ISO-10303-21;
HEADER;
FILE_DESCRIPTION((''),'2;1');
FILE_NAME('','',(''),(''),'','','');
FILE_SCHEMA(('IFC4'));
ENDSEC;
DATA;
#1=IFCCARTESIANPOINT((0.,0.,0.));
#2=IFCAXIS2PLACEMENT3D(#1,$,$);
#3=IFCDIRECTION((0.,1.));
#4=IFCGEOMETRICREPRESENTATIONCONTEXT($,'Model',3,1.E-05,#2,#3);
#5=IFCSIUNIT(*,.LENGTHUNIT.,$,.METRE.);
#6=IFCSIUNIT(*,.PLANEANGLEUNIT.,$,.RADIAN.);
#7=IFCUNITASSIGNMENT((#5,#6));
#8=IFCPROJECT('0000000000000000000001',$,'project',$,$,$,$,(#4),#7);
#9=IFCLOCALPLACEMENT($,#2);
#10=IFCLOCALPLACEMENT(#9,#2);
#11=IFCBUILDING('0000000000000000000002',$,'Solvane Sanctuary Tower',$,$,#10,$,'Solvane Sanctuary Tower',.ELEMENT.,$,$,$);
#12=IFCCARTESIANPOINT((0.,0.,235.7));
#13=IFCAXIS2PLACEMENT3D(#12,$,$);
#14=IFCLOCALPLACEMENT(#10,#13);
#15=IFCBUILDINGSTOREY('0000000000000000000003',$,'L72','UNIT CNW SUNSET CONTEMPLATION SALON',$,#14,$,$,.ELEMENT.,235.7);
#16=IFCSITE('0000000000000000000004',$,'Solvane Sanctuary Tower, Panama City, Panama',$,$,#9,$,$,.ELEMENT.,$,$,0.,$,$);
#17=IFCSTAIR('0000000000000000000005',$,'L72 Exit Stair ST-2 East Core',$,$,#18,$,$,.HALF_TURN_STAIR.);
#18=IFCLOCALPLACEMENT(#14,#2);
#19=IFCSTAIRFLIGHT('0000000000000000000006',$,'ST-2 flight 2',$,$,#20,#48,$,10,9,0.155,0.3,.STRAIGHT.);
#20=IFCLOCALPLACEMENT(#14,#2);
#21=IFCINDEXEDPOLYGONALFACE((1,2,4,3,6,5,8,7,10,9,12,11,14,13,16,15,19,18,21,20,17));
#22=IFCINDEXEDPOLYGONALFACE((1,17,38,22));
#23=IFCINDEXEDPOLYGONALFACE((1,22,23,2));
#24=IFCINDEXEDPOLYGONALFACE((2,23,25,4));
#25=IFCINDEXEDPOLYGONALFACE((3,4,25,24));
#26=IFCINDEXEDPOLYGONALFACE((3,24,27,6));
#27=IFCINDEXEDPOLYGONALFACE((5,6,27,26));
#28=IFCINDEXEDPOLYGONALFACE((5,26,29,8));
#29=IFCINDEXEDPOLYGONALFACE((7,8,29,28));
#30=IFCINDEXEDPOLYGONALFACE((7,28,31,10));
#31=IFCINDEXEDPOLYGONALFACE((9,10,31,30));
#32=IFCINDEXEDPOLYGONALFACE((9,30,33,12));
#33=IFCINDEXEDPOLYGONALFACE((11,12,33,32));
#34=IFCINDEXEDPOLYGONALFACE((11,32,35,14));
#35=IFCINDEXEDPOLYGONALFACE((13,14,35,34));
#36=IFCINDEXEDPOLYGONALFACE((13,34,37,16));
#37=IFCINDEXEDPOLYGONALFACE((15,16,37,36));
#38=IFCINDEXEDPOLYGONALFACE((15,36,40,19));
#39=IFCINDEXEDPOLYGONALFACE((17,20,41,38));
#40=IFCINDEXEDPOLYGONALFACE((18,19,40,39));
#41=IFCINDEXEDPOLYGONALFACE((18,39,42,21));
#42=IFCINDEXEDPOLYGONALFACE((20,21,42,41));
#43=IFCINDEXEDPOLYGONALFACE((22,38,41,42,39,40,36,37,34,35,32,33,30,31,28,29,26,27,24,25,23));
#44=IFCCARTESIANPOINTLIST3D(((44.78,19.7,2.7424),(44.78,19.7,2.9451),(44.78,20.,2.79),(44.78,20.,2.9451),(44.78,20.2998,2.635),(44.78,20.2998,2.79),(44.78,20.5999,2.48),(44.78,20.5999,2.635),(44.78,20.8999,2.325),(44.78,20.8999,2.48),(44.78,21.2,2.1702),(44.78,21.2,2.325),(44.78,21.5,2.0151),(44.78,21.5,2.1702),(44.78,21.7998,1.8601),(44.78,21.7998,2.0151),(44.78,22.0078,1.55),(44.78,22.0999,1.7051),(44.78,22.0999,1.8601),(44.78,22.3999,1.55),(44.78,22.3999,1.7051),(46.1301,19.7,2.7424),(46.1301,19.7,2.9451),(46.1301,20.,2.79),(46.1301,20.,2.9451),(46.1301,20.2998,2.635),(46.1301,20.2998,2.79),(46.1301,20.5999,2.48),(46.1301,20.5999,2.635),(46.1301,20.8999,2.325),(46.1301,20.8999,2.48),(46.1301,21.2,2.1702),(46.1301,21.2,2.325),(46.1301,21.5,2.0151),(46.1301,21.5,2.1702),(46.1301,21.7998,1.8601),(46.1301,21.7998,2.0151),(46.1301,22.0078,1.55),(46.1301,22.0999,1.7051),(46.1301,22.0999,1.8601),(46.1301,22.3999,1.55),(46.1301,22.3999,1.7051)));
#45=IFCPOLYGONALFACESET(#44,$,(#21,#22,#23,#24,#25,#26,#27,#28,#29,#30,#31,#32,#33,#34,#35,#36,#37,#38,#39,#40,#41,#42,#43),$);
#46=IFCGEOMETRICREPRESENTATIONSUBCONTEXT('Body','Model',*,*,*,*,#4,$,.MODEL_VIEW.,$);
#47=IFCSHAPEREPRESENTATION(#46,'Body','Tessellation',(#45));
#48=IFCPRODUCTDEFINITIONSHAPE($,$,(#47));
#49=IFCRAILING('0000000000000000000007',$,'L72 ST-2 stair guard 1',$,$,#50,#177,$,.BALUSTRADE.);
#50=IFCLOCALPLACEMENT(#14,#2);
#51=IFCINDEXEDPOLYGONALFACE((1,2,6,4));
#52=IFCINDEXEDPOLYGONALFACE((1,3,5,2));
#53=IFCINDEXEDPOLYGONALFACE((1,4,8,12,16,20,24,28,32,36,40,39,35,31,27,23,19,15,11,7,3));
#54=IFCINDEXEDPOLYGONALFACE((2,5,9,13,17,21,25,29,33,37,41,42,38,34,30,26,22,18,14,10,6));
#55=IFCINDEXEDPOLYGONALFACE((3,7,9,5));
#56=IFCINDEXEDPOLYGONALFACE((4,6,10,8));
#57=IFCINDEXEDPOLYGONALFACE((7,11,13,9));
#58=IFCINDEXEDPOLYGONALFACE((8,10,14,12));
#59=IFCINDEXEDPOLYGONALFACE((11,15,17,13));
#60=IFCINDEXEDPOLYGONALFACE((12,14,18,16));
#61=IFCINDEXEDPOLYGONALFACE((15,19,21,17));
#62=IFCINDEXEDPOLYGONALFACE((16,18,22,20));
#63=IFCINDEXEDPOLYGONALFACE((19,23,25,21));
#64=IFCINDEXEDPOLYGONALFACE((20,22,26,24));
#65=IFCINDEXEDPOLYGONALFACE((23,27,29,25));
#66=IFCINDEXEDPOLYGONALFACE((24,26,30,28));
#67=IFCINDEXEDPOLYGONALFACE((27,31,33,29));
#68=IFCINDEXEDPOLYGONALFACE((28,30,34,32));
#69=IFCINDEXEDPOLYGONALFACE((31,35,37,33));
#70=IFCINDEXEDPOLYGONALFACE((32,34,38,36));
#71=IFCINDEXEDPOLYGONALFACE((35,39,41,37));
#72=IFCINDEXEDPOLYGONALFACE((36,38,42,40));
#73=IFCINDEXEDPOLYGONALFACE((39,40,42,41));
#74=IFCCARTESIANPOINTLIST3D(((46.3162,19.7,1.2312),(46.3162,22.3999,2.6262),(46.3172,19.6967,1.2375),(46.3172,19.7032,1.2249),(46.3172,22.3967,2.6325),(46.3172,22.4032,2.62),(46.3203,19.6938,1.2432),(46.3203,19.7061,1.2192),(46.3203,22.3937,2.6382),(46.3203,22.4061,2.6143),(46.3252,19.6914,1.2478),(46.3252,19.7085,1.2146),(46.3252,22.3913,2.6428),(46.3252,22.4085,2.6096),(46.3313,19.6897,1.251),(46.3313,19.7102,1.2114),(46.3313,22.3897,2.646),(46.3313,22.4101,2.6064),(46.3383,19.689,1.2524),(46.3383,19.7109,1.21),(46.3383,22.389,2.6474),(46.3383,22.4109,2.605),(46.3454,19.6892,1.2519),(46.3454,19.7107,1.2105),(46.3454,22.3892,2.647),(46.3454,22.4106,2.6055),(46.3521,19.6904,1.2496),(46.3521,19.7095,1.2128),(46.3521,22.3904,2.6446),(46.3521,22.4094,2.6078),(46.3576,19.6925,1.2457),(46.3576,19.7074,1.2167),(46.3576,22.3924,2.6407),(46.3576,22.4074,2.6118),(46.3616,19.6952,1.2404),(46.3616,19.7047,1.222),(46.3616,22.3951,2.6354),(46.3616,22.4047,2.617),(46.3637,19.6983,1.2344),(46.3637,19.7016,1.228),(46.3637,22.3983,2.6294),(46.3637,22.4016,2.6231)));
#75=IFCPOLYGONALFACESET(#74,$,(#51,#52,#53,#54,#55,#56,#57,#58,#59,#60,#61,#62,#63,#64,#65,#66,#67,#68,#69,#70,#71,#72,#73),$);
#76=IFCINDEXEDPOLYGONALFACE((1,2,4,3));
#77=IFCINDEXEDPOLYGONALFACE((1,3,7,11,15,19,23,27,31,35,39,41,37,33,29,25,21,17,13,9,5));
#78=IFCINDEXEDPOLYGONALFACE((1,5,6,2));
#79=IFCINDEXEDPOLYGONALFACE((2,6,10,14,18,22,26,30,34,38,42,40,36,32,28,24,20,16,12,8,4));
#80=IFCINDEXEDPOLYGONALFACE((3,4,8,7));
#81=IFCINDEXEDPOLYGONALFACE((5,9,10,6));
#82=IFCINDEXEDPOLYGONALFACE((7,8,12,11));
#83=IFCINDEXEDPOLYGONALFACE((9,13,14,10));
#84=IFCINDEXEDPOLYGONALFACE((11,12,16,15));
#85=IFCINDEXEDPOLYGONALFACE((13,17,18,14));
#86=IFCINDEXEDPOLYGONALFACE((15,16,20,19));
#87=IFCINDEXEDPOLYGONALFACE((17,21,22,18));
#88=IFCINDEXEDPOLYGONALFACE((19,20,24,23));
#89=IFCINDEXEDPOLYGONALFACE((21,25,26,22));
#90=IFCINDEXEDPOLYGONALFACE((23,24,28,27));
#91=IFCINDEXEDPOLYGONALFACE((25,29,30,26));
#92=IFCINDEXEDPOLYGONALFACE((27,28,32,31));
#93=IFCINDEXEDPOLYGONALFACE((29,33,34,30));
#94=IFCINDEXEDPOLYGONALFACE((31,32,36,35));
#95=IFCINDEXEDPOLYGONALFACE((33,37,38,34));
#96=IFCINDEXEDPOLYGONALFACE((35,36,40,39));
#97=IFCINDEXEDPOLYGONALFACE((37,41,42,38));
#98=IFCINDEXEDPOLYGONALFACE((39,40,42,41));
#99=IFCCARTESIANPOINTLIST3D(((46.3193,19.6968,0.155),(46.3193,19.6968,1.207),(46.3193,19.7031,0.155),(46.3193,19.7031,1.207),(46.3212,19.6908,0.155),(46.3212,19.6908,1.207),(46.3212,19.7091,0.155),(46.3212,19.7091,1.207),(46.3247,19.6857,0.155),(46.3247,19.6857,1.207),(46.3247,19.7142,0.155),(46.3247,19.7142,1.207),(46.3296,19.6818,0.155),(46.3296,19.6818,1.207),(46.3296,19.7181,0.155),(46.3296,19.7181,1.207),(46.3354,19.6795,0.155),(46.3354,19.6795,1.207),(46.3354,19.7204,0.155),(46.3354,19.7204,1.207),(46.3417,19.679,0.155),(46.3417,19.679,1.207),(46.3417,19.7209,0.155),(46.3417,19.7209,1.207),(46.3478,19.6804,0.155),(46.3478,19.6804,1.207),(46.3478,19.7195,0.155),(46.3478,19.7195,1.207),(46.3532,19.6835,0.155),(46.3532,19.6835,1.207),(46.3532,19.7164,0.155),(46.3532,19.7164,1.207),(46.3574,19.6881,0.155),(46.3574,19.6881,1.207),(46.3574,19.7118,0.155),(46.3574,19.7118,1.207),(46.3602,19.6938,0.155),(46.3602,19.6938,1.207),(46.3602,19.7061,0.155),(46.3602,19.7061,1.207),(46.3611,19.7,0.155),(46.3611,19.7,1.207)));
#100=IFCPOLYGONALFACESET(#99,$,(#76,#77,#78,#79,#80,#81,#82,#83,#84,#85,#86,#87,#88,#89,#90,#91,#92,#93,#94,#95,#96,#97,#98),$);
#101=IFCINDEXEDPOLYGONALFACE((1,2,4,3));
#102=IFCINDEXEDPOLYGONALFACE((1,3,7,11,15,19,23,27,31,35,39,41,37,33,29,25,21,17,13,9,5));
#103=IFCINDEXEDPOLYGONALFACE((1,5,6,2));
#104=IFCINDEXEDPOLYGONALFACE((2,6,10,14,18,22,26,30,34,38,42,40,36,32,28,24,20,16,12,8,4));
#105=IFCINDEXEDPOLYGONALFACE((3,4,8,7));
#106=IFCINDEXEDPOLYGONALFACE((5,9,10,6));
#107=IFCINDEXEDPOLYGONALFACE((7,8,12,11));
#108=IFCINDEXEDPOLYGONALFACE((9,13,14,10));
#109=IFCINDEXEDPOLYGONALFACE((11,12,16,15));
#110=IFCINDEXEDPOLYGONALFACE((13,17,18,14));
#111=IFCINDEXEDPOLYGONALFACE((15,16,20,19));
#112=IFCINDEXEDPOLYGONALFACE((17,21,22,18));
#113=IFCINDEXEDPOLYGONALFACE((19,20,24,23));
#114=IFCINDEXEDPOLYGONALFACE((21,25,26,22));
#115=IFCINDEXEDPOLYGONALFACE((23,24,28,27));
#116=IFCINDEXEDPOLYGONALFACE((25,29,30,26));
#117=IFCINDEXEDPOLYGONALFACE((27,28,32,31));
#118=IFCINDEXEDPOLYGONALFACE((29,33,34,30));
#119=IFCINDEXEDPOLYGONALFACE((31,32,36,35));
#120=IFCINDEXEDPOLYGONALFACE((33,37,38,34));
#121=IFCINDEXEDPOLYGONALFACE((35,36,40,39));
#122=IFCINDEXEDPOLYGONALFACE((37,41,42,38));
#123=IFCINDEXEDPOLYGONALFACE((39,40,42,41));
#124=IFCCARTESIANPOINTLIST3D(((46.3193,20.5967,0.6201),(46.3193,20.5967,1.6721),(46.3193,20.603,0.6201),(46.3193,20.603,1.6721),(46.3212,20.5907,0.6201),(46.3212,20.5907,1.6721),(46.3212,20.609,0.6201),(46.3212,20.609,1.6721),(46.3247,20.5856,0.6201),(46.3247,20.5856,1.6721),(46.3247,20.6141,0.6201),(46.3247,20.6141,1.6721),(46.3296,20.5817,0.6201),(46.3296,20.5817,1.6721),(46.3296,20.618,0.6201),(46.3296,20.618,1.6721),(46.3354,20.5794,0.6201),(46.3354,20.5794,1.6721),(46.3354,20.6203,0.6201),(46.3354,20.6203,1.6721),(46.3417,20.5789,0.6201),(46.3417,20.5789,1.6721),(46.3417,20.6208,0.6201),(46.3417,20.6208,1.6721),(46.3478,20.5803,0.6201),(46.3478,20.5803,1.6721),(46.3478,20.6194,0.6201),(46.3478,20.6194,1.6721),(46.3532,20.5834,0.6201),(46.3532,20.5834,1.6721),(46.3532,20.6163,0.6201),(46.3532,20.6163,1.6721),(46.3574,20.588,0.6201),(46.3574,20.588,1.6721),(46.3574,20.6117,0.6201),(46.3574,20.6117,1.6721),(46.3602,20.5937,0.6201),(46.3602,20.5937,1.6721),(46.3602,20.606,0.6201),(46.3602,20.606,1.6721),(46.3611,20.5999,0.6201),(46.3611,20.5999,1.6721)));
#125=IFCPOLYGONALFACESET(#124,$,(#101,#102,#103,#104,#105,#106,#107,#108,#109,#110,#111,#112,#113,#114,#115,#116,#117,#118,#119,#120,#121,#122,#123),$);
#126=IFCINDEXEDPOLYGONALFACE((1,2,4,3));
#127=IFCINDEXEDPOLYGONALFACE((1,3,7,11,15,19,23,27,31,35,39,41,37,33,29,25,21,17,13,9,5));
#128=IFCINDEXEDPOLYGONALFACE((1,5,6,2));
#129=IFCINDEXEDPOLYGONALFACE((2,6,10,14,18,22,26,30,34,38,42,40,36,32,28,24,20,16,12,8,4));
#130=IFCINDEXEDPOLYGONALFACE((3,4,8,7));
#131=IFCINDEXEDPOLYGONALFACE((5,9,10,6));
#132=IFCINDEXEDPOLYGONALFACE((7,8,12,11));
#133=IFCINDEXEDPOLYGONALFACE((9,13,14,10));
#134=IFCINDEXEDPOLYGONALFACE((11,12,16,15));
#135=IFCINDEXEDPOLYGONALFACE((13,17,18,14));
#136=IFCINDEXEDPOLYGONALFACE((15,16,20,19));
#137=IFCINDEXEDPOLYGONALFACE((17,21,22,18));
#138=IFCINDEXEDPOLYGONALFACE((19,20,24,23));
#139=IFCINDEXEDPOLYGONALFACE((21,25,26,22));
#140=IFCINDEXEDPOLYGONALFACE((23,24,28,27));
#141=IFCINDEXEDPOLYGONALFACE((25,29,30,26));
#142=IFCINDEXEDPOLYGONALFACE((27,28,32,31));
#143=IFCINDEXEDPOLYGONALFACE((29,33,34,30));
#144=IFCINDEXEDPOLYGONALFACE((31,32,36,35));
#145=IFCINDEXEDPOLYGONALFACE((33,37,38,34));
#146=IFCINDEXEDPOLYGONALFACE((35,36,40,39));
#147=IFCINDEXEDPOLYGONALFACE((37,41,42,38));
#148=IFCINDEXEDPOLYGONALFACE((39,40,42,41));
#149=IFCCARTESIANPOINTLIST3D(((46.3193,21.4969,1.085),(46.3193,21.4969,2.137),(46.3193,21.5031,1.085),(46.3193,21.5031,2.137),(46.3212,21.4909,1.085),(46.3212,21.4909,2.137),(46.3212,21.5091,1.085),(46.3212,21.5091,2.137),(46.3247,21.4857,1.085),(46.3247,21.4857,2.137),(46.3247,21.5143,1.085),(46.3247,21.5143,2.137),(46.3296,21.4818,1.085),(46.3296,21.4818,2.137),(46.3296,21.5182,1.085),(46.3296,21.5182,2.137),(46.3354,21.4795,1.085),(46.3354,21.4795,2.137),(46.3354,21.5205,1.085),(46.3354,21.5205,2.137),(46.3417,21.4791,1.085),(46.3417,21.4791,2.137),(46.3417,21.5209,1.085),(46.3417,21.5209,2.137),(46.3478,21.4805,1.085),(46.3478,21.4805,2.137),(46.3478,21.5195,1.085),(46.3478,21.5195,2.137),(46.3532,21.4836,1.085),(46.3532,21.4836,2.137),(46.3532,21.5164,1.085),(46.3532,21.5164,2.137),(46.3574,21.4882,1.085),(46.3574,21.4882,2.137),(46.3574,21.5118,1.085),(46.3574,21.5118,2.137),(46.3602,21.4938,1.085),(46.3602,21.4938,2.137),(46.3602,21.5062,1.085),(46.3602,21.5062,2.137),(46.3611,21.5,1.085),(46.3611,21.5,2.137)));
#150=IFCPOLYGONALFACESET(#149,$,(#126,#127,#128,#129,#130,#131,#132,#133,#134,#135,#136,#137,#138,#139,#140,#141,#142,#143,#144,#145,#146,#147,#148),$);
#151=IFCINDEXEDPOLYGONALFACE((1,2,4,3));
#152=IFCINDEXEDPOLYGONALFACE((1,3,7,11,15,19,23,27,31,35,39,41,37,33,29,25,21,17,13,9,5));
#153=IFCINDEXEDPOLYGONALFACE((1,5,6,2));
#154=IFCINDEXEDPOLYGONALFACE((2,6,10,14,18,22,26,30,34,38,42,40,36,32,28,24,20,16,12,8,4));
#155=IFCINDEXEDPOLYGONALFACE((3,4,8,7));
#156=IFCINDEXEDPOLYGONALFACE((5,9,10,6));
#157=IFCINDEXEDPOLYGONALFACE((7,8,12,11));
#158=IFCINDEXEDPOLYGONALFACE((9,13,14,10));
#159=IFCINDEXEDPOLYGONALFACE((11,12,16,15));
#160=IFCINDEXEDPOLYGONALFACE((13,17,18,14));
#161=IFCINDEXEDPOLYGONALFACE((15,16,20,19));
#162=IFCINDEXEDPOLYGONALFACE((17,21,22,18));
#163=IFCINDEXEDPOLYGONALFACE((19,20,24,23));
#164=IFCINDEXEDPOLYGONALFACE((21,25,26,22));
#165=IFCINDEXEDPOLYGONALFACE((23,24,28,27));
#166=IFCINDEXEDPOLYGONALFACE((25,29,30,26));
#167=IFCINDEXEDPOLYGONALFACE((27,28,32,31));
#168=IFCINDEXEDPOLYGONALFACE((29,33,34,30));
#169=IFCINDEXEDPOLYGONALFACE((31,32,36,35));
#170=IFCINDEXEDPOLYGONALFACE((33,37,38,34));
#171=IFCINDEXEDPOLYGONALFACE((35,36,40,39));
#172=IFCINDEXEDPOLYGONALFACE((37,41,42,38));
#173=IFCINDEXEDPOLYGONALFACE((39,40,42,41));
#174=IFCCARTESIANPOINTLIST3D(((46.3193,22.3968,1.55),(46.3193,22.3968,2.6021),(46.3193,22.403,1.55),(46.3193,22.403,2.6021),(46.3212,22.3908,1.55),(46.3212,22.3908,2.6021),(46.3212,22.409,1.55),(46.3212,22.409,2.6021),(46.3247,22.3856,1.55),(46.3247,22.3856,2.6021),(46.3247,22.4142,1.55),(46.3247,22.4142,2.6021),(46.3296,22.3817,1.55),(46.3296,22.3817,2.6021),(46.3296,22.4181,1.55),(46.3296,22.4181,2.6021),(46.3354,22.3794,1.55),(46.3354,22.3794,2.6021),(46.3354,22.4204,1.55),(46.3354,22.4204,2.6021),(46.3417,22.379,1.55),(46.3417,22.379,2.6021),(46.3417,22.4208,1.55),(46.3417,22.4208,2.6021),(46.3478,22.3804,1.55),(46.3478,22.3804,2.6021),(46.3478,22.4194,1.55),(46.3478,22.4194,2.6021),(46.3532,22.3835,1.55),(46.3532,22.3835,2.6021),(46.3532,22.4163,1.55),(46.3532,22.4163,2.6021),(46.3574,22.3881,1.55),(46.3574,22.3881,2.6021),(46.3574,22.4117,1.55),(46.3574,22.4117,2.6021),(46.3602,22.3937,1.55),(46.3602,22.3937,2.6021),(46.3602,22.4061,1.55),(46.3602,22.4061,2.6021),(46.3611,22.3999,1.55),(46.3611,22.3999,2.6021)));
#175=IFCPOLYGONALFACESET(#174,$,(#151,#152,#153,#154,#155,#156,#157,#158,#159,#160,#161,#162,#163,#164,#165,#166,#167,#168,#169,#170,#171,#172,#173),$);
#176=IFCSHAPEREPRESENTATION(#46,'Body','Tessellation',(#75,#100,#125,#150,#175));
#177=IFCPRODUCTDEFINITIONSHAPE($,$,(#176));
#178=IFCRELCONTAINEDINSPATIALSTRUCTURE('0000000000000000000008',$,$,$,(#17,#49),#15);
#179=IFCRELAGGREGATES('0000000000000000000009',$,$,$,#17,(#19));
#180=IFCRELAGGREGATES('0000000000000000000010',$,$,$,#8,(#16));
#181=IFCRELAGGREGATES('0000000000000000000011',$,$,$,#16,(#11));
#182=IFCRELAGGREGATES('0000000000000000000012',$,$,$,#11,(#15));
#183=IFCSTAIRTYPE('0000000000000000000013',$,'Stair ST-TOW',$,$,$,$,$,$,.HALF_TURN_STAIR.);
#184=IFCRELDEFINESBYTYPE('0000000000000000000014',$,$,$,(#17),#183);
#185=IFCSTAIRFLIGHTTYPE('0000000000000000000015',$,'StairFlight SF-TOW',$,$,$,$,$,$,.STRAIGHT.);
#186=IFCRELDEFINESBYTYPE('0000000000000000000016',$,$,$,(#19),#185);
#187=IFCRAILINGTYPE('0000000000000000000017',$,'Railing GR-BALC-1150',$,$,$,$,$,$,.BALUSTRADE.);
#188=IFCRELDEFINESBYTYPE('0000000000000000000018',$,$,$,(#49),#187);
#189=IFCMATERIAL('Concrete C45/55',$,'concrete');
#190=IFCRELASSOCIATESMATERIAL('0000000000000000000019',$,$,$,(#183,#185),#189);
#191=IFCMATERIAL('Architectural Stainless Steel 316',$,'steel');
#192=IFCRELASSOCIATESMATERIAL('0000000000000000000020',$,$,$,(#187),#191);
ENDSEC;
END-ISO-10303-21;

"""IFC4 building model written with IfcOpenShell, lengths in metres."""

from ifc_helpers import new_model, si_unit, direction, frame, origin, origin_2d, place, context, subcontext, project, spatial, polyline, circle, outline, extrude, material, type_object, element, aggregate, save


model = new_model("IFC4")

# Units and contexts
model_context = context("Model", 3, precision=1e-05, world=origin(), true_north=direction((0.0, 1.0)))
body_context = subcontext(model_context, "Body", "Model", "MODEL_VIEW")
ifc_project = project(units=[si_unit("LENGTHUNIT", "METRE"), si_unit("PLANEANGLEUNIT", "RADIAN")], contexts=[model_context])

# Site, building, storey
site_placement = place(None, origin())
site = spatial("IfcSite", under=ifc_project, at=site_placement, Name="Solvane Sanctuary Tower, Panama City, Panama", CompositionType="ELEMENT", RefElevation=0.0)
building_placement = place(site_placement, origin())
building = spatial("IfcBuilding", under=site, at=building_placement, Name="Solvane Sanctuary Tower", LongName="Solvane Sanctuary Tower", CompositionType="ELEMENT")
storey_placement = place(building_placement, frame((0.0, 0.0, 235.7)))
storey = spatial("IfcBuildingStorey", under=building, at=storey_placement, Name="L72", Description="UNIT CNW SUNSET CONTEMPLATION SALON", CompositionType="ELEMENT", Elevation=235.7)

# Shared definitions
ifc_material_1 = material(Name="Architectural Stainless Steel 316", Category="steel")

# Stair, stair flight
ifc_material_2 = material(Name="Concrete C45/55", Category="concrete")
stair_type = type_object("IfcStairType", Name="Stair ST-TOW", PredefinedType="HALF_TURN_STAIR", material=ifc_material_2)
stair_placement = place(storey_placement, origin())
stair = element("IfcStair", 1, at=stair_placement, inside=storey, type_object=stair_type, Name="L72 Exit Stair ST-2 East Core", PredefinedType="HALF_TURN_STAIR")
stair_flight_type = type_object("IfcStairFlightType", Name="StairFlight SF-TOW", PredefinedType="STRAIGHT", material=ifc_material_2)
stair_flight_1_placement = place(storey_placement, frame((45.4551, 22.3999, 1.55), z_axis=(0.0, 0.0, 1.0), x_axis=(0.0, -1.0, 0.0)))
stair_flight_1 = element("IfcStairFlight", 2, at=stair_flight_1_placement, type_object=stair_flight_type, Name="ST-2 flight 2", NumberOfRisers=10, NumberOfTreads=9, PredefinedType="STRAIGHT", RiserHeight=0.155, TreadLength=0.3, context=body_context, shape_type="SweptSolid", body=[
    extrude(outline(polyline([(0.0, 0.0), (0.0, 0.155), (0.3, 0.155), (0.3, 0.3101), (0.6001, 0.3101), (0.6001, 0.4651), (0.8999, 0.4651), (0.8999, 0.6201), (1.2, 0.6201), (1.2, 0.7749), (1.5, 0.7749), (1.5, 0.9299), (1.8, 0.9299), (1.8, 1.085), (2.1001, 1.085), (2.1001, 1.24), (2.3999, 1.24), (2.3999, 1.395), (2.7, 1.395), (2.7, 1.55), (2.7, 1.1924), (0.3921, 0.0), (0.0, 0.0)])), frame((0.0, 0.675, 0.0), z_axis=(0.0, -1.0, 0.0), x_axis=(1.0, 0.0, 0.0)), (0.0, 0.0, 1.0), 1.3501),
])
aggregate(stair, [stair_flight_1])

# Railing
railing_type_1 = type_object("IfcRailingType", Name="Railing GR-BALC-1150", PredefinedType="BALUSTRADE", material=ifc_material_1)
railing_1_placement = place(storey_placement, frame((46.3401, 19.7, 0.155)))
element("IfcRailing", 3, at=railing_1_placement, inside=storey, type_object=railing_type_1, Name="L72 ST-2 stair guard 1", PredefinedType="BALUSTRADE", context=body_context, shape_type="SweptSolid", body=[
    extrude(circle(Radius=0.0239, at=origin_2d()), frame((0.0, 0.0, 1.0762), z_axis=(0.0, 0.88842, 0.459032), x_axis=(-1.0, 0.0, 0.0)), (0.0, 0.0, 1.0), 3.0391),
    extrude(circle(Radius=0.021, at=origin_2d()), origin(), (0.0, 0.0, 1.0), 1.052),
    extrude(circle(Radius=0.021, at=origin_2d()), frame((0.0, 0.8999, 0.4651)), (0.0, 0.0, 1.0), 1.052),
    extrude(circle(Radius=0.021, at=origin_2d()), frame((0.0, 1.8, 0.9299)), (0.0, 0.0, 1.0), 1.052),
    extrude(circle(Radius=0.021, at=origin_2d()), frame((0.0, 2.7, 1.395)), (0.0, 0.0, 1.0), 1.052),
])

save(model, "model.ifc")
